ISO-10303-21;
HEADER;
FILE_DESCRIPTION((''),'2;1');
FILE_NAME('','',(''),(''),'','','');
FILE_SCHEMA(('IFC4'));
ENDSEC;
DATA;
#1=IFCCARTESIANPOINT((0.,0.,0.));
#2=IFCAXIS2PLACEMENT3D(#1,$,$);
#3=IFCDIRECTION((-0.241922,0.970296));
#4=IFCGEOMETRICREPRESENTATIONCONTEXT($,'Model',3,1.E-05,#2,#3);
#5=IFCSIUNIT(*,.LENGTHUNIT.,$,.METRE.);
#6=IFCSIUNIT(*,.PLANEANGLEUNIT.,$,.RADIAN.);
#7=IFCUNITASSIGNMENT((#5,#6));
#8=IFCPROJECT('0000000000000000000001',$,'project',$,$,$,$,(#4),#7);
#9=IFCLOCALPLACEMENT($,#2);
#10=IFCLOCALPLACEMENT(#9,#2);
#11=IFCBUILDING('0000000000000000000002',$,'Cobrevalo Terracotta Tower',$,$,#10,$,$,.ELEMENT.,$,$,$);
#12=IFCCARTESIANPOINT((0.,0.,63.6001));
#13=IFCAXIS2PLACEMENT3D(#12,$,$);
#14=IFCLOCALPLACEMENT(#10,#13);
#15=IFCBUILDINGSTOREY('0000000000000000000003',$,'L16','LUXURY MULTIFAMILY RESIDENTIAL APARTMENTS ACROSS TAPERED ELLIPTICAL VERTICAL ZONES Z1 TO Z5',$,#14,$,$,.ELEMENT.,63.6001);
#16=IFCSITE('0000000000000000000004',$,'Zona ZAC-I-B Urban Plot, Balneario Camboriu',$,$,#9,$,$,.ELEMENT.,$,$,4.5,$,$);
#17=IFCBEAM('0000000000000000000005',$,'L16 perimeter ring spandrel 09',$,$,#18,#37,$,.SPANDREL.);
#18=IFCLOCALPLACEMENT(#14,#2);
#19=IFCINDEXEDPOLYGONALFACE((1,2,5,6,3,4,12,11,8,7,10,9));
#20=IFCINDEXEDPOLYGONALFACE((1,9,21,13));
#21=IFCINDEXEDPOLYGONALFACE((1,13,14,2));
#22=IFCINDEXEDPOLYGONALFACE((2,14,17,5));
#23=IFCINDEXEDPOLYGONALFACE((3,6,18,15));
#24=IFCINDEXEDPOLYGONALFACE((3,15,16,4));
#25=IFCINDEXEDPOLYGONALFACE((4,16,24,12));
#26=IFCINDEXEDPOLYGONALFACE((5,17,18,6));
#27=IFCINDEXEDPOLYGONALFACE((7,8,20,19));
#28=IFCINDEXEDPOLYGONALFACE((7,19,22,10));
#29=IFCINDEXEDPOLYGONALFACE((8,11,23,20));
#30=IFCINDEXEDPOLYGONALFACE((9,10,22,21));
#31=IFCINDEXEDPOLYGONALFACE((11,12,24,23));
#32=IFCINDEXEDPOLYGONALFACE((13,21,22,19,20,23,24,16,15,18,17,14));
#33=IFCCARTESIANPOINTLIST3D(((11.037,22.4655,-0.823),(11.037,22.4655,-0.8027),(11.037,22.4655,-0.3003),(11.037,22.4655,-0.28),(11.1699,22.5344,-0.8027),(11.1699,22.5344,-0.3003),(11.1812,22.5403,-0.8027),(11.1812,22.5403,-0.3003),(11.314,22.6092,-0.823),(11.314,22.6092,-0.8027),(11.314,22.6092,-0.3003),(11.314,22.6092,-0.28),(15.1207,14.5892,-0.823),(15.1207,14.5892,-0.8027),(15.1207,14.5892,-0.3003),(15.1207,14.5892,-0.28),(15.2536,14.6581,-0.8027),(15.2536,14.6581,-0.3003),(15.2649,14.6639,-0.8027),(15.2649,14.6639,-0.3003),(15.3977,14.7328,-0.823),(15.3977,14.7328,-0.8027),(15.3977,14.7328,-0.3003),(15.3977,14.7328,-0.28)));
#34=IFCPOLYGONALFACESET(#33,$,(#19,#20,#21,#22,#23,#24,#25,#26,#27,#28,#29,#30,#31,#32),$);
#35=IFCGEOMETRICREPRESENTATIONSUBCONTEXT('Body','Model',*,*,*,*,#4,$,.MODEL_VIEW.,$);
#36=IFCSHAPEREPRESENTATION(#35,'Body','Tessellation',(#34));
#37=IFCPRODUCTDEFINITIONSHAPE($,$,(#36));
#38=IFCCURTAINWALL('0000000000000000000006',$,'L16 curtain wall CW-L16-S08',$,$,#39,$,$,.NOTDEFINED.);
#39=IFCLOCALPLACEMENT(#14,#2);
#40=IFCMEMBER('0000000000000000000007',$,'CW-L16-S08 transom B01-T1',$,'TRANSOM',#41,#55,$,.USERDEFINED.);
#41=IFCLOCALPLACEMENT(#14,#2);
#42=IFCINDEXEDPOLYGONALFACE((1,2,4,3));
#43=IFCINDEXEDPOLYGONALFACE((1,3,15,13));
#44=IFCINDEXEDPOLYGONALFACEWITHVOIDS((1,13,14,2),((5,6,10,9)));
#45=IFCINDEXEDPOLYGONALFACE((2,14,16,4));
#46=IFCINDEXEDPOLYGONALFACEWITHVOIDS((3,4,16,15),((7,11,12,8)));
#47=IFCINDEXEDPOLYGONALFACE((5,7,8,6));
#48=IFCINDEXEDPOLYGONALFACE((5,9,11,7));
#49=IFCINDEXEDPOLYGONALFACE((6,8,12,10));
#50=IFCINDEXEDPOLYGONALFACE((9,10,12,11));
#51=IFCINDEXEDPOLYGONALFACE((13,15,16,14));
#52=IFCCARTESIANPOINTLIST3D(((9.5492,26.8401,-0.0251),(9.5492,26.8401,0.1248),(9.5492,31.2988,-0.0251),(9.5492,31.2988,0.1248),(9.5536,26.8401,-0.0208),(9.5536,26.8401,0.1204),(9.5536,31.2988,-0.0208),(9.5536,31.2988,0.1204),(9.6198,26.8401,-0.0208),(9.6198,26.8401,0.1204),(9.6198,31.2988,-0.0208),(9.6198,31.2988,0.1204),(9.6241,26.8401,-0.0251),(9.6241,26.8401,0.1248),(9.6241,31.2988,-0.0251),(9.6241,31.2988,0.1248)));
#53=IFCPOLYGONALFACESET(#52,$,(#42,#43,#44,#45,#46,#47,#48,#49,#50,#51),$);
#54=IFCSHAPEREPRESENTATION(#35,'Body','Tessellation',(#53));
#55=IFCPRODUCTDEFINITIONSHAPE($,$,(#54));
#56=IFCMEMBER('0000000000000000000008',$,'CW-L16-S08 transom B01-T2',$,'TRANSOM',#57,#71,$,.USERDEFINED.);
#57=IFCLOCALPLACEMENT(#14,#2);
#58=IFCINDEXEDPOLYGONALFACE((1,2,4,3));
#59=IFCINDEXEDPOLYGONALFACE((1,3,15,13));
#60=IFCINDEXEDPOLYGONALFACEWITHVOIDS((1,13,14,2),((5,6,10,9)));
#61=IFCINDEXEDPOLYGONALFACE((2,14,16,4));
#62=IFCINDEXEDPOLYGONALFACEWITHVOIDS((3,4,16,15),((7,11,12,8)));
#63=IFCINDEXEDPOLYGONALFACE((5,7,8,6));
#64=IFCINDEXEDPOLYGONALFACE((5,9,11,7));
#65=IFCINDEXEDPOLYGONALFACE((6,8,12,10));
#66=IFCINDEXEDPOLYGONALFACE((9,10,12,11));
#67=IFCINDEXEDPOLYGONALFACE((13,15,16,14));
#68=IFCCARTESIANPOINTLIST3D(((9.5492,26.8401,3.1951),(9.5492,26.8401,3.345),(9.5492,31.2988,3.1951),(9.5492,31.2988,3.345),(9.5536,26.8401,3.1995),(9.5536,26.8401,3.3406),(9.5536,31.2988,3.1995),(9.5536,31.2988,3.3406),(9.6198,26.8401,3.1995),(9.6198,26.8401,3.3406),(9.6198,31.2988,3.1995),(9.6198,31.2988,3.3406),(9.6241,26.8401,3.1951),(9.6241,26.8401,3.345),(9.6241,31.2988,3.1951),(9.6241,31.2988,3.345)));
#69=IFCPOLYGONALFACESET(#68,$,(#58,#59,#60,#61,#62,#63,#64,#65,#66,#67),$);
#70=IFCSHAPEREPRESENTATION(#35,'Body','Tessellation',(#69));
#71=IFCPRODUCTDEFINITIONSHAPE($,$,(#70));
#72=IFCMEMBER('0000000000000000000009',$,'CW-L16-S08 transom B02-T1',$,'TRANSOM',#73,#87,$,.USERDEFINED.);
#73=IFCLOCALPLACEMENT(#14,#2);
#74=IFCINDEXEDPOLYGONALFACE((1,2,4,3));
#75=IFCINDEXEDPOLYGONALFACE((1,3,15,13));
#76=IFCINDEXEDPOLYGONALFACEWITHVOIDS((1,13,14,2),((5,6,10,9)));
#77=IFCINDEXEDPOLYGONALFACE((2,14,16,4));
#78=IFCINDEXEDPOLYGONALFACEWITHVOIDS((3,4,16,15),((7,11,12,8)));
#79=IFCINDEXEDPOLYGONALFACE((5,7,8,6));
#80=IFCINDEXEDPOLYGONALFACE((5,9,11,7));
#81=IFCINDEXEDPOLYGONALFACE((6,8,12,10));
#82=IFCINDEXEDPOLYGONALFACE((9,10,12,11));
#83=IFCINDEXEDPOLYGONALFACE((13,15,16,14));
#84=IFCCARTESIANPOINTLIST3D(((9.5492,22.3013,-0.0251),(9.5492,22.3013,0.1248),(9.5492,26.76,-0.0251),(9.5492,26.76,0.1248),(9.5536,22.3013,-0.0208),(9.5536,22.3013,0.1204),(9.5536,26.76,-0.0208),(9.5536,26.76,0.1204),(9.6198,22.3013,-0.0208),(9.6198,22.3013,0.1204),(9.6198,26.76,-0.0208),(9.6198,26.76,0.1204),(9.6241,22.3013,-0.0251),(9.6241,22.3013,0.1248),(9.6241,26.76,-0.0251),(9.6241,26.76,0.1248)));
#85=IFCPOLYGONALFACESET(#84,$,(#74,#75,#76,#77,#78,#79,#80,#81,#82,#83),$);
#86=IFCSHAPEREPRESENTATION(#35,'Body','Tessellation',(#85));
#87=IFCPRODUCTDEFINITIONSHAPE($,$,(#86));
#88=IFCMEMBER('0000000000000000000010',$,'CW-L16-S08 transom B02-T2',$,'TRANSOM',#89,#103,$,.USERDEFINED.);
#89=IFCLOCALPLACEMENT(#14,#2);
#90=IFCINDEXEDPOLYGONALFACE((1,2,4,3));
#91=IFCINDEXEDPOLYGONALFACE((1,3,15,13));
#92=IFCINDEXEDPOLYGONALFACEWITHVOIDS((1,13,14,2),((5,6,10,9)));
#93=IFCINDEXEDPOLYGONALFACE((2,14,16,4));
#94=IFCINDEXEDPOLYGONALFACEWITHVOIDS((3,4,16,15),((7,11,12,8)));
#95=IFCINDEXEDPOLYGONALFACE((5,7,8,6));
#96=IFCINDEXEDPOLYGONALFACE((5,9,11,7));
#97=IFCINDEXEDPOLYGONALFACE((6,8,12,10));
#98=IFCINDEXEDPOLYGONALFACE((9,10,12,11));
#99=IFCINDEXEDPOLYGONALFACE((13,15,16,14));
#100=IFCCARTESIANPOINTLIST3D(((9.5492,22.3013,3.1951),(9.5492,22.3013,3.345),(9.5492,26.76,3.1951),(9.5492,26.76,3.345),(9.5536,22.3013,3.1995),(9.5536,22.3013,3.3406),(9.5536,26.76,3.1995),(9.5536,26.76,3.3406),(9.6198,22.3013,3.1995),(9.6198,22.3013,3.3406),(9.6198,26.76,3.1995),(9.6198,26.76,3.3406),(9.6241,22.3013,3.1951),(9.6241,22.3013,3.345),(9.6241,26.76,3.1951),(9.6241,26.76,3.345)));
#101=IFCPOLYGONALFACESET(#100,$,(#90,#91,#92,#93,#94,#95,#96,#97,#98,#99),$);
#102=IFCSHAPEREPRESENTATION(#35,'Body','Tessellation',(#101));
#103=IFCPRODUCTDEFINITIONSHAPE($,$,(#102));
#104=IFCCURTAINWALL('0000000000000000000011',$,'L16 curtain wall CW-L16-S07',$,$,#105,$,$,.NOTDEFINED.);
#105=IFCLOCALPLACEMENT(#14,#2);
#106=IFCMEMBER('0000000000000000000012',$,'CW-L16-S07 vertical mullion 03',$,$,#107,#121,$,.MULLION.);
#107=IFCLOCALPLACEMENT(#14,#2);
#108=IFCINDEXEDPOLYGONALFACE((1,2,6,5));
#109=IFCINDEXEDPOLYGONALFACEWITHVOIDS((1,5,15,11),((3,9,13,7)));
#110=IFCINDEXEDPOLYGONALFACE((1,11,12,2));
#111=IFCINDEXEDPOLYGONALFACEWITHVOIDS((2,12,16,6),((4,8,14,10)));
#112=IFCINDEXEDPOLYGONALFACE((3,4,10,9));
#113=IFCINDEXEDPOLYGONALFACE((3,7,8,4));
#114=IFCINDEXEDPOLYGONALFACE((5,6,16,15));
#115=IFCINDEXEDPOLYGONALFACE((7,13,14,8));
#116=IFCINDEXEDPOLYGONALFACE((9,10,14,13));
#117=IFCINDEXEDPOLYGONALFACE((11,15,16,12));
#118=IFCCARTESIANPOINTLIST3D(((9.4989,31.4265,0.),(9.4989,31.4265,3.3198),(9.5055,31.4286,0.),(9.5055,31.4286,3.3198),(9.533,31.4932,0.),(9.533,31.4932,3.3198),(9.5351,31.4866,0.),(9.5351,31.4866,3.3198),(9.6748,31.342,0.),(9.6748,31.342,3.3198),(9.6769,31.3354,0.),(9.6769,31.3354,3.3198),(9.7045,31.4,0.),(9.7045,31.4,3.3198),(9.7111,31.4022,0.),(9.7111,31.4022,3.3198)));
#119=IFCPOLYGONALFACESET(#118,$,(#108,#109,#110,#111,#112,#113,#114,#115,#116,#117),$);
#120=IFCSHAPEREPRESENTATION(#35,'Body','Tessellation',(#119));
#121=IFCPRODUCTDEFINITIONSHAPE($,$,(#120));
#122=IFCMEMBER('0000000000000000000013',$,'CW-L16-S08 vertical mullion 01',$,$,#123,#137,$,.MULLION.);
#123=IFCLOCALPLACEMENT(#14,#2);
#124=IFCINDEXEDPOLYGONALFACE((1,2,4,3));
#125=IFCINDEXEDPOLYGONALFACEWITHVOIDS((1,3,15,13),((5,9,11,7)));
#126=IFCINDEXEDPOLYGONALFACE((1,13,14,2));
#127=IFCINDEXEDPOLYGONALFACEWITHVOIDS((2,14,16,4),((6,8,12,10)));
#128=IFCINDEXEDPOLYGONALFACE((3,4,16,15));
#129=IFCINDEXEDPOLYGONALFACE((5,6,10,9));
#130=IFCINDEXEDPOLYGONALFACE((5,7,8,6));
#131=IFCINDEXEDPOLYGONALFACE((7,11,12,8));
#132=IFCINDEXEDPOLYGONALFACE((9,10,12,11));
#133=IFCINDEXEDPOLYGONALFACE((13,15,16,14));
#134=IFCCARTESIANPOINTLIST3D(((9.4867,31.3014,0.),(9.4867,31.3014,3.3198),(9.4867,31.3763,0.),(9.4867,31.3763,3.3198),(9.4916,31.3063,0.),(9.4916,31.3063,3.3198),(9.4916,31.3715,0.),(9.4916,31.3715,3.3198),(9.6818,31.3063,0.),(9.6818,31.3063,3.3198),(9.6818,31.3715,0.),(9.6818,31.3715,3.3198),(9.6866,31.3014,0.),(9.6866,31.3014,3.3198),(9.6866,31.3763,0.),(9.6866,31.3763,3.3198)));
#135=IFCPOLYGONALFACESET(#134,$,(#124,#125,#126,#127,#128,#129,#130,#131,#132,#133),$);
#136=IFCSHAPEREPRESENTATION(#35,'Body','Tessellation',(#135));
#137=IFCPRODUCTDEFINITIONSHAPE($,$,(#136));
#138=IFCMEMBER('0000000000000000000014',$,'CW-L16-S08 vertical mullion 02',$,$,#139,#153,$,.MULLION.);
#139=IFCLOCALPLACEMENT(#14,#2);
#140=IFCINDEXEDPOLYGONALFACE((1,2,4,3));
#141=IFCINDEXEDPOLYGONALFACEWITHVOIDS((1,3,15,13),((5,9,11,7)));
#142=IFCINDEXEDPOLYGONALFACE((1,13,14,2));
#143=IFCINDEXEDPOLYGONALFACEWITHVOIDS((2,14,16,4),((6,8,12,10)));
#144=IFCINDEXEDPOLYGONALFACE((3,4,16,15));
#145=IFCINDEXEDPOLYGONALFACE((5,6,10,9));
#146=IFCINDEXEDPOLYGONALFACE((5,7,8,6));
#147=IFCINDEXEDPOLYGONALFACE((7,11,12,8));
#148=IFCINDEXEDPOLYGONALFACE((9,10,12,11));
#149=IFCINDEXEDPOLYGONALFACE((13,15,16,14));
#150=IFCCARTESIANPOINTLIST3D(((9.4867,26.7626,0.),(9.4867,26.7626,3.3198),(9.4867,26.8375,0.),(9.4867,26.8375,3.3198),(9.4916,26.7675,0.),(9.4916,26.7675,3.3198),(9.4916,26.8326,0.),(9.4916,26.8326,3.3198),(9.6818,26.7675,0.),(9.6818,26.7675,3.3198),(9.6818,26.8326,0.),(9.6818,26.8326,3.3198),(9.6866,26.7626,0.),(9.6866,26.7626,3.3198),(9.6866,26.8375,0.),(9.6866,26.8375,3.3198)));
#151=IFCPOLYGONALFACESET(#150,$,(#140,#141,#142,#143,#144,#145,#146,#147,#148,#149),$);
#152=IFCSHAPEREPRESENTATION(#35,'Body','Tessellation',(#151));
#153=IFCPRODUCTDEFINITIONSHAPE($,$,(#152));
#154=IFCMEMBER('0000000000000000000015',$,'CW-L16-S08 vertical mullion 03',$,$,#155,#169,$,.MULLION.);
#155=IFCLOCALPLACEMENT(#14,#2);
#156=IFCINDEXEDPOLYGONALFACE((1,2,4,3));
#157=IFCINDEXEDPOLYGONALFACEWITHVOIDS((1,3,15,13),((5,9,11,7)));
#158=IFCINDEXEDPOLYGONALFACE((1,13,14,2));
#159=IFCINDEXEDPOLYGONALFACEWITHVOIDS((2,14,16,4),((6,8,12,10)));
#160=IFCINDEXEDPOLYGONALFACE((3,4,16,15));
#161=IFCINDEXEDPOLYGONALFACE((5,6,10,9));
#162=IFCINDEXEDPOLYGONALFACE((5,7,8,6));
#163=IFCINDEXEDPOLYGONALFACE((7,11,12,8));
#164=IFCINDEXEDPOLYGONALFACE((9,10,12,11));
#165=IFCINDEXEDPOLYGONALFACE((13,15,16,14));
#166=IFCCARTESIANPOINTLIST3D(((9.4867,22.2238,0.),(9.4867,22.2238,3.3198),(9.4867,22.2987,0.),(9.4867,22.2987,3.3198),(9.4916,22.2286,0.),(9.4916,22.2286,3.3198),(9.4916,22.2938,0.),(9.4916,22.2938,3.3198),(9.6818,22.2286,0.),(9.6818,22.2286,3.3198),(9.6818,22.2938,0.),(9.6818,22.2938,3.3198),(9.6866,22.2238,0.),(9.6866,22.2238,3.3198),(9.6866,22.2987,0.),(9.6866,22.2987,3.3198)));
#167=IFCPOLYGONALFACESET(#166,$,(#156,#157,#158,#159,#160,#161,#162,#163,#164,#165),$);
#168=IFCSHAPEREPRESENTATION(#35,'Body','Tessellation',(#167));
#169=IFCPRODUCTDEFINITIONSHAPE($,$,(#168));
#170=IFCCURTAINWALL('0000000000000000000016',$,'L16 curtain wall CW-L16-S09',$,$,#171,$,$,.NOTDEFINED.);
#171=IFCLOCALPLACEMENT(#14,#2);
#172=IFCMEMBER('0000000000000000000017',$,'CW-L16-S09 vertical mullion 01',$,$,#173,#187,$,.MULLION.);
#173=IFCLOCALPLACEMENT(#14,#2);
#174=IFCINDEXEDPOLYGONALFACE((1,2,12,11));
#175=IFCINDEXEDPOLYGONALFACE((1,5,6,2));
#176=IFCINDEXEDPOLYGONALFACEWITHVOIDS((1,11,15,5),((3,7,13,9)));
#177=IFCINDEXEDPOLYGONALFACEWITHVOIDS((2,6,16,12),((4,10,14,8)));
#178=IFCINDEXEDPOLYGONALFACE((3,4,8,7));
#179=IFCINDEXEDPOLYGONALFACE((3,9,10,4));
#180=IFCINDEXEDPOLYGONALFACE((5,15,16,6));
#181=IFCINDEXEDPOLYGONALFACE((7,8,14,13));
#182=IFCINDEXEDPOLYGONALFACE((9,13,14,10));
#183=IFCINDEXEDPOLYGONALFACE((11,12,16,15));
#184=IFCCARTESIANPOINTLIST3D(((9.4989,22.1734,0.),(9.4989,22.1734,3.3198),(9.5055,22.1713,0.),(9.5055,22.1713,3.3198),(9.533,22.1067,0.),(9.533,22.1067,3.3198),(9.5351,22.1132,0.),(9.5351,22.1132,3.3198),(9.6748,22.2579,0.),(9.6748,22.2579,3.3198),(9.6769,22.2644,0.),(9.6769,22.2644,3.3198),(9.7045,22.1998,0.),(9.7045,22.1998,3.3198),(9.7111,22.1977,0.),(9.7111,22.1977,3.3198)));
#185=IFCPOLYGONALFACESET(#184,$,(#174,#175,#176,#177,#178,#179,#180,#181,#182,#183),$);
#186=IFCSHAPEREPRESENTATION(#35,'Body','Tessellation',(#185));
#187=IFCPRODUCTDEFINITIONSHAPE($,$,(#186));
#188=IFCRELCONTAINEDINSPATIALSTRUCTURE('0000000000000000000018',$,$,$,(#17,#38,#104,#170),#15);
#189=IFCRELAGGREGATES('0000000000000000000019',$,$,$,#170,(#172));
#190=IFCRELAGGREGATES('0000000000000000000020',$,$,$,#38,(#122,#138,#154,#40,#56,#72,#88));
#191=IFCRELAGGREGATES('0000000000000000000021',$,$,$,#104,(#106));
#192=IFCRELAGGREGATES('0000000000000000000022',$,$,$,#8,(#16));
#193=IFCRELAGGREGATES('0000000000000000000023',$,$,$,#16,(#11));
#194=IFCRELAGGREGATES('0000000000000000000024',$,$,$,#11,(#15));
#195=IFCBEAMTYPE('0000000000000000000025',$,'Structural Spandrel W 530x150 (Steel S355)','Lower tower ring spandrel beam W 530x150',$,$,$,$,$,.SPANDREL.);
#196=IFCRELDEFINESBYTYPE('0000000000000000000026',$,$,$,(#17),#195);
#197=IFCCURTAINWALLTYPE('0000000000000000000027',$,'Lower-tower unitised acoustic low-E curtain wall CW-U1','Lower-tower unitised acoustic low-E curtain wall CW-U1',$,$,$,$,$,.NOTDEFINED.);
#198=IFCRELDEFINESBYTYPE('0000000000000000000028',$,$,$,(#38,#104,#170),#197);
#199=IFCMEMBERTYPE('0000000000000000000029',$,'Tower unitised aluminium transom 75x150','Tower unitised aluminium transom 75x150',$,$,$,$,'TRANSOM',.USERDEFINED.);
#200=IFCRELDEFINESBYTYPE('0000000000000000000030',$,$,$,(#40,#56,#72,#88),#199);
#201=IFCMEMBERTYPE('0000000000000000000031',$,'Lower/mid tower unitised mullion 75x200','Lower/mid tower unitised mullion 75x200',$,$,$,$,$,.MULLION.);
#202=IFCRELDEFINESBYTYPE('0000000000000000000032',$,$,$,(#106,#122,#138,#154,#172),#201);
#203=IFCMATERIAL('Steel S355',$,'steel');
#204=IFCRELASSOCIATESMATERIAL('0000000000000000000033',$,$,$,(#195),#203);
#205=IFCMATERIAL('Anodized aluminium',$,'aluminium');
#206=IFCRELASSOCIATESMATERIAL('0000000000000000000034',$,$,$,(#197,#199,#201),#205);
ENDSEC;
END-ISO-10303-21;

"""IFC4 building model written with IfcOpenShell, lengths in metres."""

from ifc_helpers import new_model, si_unit, direction, frame, origin, origin_2d, place, context, subcontext, project, spatial, hollow_rectangle, i_section, extrude, source, transform, mapped, material, material_profile, profile_set, type_object, element, aggregate, save


model = new_model("IFC4")

# Units and contexts
model_context = context("Model", 3, precision=1e-05, world=origin(), true_north=direction((-0.241922, 0.970296)))
body_context = subcontext(model_context, "Body", "Model", "MODEL_VIEW")
ifc_project = project(units=[si_unit("LENGTHUNIT", "METRE"), si_unit("PLANEANGLEUNIT", "RADIAN")], contexts=[model_context])

# Site, building, storey
site_placement = place(None, origin())
site = spatial("IfcSite", under=ifc_project, at=site_placement, Name="Zona ZAC-I-B Urban Plot, Balneario Camboriu", CompositionType="ELEMENT", RefElevation=4.5)
building_placement = place(site_placement, origin())
building = spatial("IfcBuilding", under=site, at=building_placement, Name="Cobrevalo Terracotta Tower", CompositionType="ELEMENT")
storey_placement = place(building_placement, frame((0.0, 0.0, 63.6001)))
storey = spatial("IfcBuildingStorey", under=building, at=storey_placement, Name="L16", Description="LUXURY MULTIFAMILY RESIDENTIAL APARTMENTS ACROSS TAPERED ELLIPTICAL VERTICAL ZONES Z1 TO Z5", CompositionType="ELEMENT", Elevation=63.6001)

# Shared definitions
ifc_material_1 = material(Name="Steel S355", Category="steel")

# Beam
ifc_material_profile_1 = material_profile(ifc_material_1, i_section(OverallWidth=0.312, OverallDepth=0.543, WebThickness=0.0127, FlangeThickness=0.0203, at=origin_2d()), Name="W 530x150")
ifc_profile_set_1 = profile_set([ifc_material_profile_1], Name="Steel S355")
beam_type_1 = type_object("IfcBeamType", Name="Structural Spandrel W 530x150 (Steel S355)", Description="Lower tower ring spandrel beam W 530x150", PredefinedType="SPANDREL", material=ifc_profile_set_1)
beam_1_placement = place(storey_placement, frame((11.1755, 22.5374, -0.5515), z_axis=(0.460286, -0.887771, 0.0), x_axis=(0.887771, 0.460286, 0.0)))
element("IfcBeam", 1, at=beam_1_placement, inside=storey, type_object=beam_type_1, Name="L16 perimeter ring spandrel 09", PredefinedType="SPANDREL", context=body_context, shape_type="SweptSolid", body=[
    extrude(i_section(OverallWidth=0.312, OverallDepth=0.543, WebThickness=0.0127, FlangeThickness=0.0203, at=origin_2d()), origin(), (0.0, 0.0, 1.0), 8.8721),
])

# Curtain wall, members
ifc_material_2 = material(Name="Anodized aluminium", Category="aluminium")
curtain_wall_type = type_object("IfcCurtainWallType", Name="Lower-tower unitised acoustic low-E curtain wall CW-U1", Description="Lower-tower unitised acoustic low-E curtain wall CW-U1", PredefinedType="NOTDEFINED", material=ifc_material_2)
curtain_wall_1_placement = place(storey_placement, origin())
curtain_wall_1 = element("IfcCurtainWall", 2, at=curtain_wall_1_placement, inside=storey, type_object=curtain_wall_type, Name="L16 curtain wall CW-L16-S08", PredefinedType="NOTDEFINED")
ifc_material_profile_2 = material_profile(ifc_material_2, hollow_rectangle(XDim=0.075, YDim=0.1499, WallThickness=0.0044, at=origin_2d()), Name="CWT 75x150")
ifc_profile_set_2 = profile_set([ifc_material_profile_2], Name="Anodized aluminium")
member_type_1 = type_object("IfcMemberType", Name="Tower unitised aluminium transom 75x150", Description="Tower unitised aluminium transom 75x150", ElementType="TRANSOM", PredefinedType="USERDEFINED", material=ifc_profile_set_2)
shared_shape_1 = source(origin(), body_context, "Body", "SweptSolid", [
    extrude(hollow_rectangle(XDim=0.075, YDim=0.1499, WallThickness=0.0044, at=origin_2d()), origin(), (0.0, 0.0, 1.0), 4.4587),
])
member_1_placement = place(storey_placement, frame((9.5867, 31.2988, 0.0498), z_axis=(0.0, -1.0, 0.0), x_axis=(1.0, 0.0, 0.0)))
member_1 = element("IfcMember", 3, at=member_1_placement, type_object=member_type_1, Name="CW-L16-S08 transom B01-T1", ObjectType="TRANSOM", PredefinedType="USERDEFINED", context=body_context, shape_type="MappedRepresentation", body=[
    mapped(shared_shape_1, transform((0.0, 0.0, 0.0), scale=1.0)),
])
member_2_placement = place(storey_placement, frame((9.5867, 31.2988, 3.27), z_axis=(0.0, -1.0, 0.0), x_axis=(1.0, 0.0, 0.0)))
member_2 = element("IfcMember", 4, at=member_2_placement, type_object=member_type_1, Name="CW-L16-S08 transom B01-T2", ObjectType="TRANSOM", PredefinedType="USERDEFINED", context=body_context, shape_type="MappedRepresentation", body=[
    mapped(shared_shape_1, transform((0.0, 0.0, 0.0), scale=1.0)),
])
member_3_placement = place(storey_placement, frame((9.5867, 26.76, 0.0498), z_axis=(0.0, -1.0, 0.0), x_axis=(1.0, 0.0, 0.0)))
member_3 = element("IfcMember", 5, at=member_3_placement, type_object=member_type_1, Name="CW-L16-S08 transom B02-T1", ObjectType="TRANSOM", PredefinedType="USERDEFINED", context=body_context, shape_type="MappedRepresentation", body=[
    mapped(shared_shape_1, transform((0.0, 0.0, 0.0), scale=1.0)),
])
member_4_placement = place(storey_placement, frame((9.5867, 26.76, 3.27), z_axis=(0.0, -1.0, 0.0), x_axis=(1.0, 0.0, 0.0)))
member_4 = element("IfcMember", 6, at=member_4_placement, type_object=member_type_1, Name="CW-L16-S08 transom B02-T2", ObjectType="TRANSOM", PredefinedType="USERDEFINED", context=body_context, shape_type="MappedRepresentation", body=[
    mapped(shared_shape_1, transform((0.0, 0.0, 0.0), scale=1.0)),
])

# Curtain wall, member
curtain_wall_2_placement = place(storey_placement, origin())
curtain_wall_2 = element("IfcCurtainWall", 7, at=curtain_wall_2_placement, inside=storey, type_object=curtain_wall_type, Name="L16 curtain wall CW-L16-S07", PredefinedType="NOTDEFINED")
ifc_material_profile_3 = material_profile(ifc_material_2, hollow_rectangle(XDim=0.075, YDim=0.2, WallThickness=0.0049, at=origin_2d()), Name="CWM 75x200")
ifc_profile_set_3 = profile_set([ifc_material_profile_3], Name="Anodized aluminium")
member_type_2 = type_object("IfcMemberType", Name="Lower/mid tower unitised mullion 75x200", Description="Lower/mid tower unitised mullion 75x200", PredefinedType="MULLION", material=ifc_profile_set_3)
shared_shape_2 = source(origin(), body_context, "Body", "SweptSolid", [
    extrude(hollow_rectangle(XDim=0.075, YDim=0.2, WallThickness=0.0049, at=origin_2d()), origin(), (0.0, 0.0, 1.0), 3.3198),
])
member_5_placement = place(storey_placement, frame((9.605, 31.4143, 0.0), z_axis=(0.0, 0.0, 1.0), x_axis=(-0.455234, -0.890372, 0.0)))
member_5 = element("IfcMember", 8, at=member_5_placement, type_object=member_type_2, Name="CW-L16-S07 vertical mullion 03", PredefinedType="MULLION", context=body_context, shape_type="MappedRepresentation", body=[
    mapped(shared_shape_2, transform((0.0, 0.0, 0.0), scale=1.0)),
])

# Members
member_6_placement = place(storey_placement, frame((9.5867, 31.3389, 0.0), z_axis=(0.0, 0.0, 1.0), x_axis=(0.0, -1.0, 0.0)))
member_6 = element("IfcMember", 9, at=member_6_placement, type_object=member_type_2, Name="CW-L16-S08 vertical mullion 01", PredefinedType="MULLION", context=body_context, shape_type="MappedRepresentation", body=[
    mapped(shared_shape_2, transform((0.0, 0.0, 0.0), scale=1.0)),
])
member_7_placement = place(storey_placement, frame((9.5867, 26.8, 0.0), z_axis=(0.0, 0.0, 1.0), x_axis=(0.0, -1.0, 0.0)))
member_7 = element("IfcMember", 10, at=member_7_placement, type_object=member_type_2, Name="CW-L16-S08 vertical mullion 02", PredefinedType="MULLION", context=body_context, shape_type="MappedRepresentation", body=[
    mapped(shared_shape_2, transform((0.0, 0.0, 0.0), scale=1.0)),
])
member_8_placement = place(storey_placement, frame((9.5867, 22.2612, 0.0), z_axis=(0.0, 0.0, 1.0), x_axis=(0.0, -1.0, 0.0)))
member_8 = element("IfcMember", 11, at=member_8_placement, type_object=member_type_2, Name="CW-L16-S08 vertical mullion 03", PredefinedType="MULLION", context=body_context, shape_type="MappedRepresentation", body=[
    mapped(shared_shape_2, transform((0.0, 0.0, 0.0), scale=1.0)),
])

# Curtain wall, member
curtain_wall_3_placement = place(storey_placement, origin())
curtain_wall_3 = element("IfcCurtainWall", 12, at=curtain_wall_3_placement, inside=storey, type_object=curtain_wall_type, Name="L16 curtain wall CW-L16-S09", PredefinedType="NOTDEFINED")
member_9_placement = place(storey_placement, frame((9.605, 22.1855, 0.0), z_axis=(0.0, 0.0, 1.0), x_axis=(0.455234, -0.890372, 0.0)))
member_9 = element("IfcMember", 13, at=member_9_placement, type_object=member_type_2, Name="CW-L16-S09 vertical mullion 01", PredefinedType="MULLION", context=body_context, shape_type="MappedRepresentation", body=[
    mapped(shared_shape_2, transform((0.0, 0.0, 0.0), scale=1.0)),
])
aggregate(curtain_wall_3, [member_9])

aggregate(curtain_wall_1, [member_6, member_7, member_8, member_1, member_2, member_3, member_4])
aggregate(curtain_wall_2, [member_5])

save(model, "model.ifc")
